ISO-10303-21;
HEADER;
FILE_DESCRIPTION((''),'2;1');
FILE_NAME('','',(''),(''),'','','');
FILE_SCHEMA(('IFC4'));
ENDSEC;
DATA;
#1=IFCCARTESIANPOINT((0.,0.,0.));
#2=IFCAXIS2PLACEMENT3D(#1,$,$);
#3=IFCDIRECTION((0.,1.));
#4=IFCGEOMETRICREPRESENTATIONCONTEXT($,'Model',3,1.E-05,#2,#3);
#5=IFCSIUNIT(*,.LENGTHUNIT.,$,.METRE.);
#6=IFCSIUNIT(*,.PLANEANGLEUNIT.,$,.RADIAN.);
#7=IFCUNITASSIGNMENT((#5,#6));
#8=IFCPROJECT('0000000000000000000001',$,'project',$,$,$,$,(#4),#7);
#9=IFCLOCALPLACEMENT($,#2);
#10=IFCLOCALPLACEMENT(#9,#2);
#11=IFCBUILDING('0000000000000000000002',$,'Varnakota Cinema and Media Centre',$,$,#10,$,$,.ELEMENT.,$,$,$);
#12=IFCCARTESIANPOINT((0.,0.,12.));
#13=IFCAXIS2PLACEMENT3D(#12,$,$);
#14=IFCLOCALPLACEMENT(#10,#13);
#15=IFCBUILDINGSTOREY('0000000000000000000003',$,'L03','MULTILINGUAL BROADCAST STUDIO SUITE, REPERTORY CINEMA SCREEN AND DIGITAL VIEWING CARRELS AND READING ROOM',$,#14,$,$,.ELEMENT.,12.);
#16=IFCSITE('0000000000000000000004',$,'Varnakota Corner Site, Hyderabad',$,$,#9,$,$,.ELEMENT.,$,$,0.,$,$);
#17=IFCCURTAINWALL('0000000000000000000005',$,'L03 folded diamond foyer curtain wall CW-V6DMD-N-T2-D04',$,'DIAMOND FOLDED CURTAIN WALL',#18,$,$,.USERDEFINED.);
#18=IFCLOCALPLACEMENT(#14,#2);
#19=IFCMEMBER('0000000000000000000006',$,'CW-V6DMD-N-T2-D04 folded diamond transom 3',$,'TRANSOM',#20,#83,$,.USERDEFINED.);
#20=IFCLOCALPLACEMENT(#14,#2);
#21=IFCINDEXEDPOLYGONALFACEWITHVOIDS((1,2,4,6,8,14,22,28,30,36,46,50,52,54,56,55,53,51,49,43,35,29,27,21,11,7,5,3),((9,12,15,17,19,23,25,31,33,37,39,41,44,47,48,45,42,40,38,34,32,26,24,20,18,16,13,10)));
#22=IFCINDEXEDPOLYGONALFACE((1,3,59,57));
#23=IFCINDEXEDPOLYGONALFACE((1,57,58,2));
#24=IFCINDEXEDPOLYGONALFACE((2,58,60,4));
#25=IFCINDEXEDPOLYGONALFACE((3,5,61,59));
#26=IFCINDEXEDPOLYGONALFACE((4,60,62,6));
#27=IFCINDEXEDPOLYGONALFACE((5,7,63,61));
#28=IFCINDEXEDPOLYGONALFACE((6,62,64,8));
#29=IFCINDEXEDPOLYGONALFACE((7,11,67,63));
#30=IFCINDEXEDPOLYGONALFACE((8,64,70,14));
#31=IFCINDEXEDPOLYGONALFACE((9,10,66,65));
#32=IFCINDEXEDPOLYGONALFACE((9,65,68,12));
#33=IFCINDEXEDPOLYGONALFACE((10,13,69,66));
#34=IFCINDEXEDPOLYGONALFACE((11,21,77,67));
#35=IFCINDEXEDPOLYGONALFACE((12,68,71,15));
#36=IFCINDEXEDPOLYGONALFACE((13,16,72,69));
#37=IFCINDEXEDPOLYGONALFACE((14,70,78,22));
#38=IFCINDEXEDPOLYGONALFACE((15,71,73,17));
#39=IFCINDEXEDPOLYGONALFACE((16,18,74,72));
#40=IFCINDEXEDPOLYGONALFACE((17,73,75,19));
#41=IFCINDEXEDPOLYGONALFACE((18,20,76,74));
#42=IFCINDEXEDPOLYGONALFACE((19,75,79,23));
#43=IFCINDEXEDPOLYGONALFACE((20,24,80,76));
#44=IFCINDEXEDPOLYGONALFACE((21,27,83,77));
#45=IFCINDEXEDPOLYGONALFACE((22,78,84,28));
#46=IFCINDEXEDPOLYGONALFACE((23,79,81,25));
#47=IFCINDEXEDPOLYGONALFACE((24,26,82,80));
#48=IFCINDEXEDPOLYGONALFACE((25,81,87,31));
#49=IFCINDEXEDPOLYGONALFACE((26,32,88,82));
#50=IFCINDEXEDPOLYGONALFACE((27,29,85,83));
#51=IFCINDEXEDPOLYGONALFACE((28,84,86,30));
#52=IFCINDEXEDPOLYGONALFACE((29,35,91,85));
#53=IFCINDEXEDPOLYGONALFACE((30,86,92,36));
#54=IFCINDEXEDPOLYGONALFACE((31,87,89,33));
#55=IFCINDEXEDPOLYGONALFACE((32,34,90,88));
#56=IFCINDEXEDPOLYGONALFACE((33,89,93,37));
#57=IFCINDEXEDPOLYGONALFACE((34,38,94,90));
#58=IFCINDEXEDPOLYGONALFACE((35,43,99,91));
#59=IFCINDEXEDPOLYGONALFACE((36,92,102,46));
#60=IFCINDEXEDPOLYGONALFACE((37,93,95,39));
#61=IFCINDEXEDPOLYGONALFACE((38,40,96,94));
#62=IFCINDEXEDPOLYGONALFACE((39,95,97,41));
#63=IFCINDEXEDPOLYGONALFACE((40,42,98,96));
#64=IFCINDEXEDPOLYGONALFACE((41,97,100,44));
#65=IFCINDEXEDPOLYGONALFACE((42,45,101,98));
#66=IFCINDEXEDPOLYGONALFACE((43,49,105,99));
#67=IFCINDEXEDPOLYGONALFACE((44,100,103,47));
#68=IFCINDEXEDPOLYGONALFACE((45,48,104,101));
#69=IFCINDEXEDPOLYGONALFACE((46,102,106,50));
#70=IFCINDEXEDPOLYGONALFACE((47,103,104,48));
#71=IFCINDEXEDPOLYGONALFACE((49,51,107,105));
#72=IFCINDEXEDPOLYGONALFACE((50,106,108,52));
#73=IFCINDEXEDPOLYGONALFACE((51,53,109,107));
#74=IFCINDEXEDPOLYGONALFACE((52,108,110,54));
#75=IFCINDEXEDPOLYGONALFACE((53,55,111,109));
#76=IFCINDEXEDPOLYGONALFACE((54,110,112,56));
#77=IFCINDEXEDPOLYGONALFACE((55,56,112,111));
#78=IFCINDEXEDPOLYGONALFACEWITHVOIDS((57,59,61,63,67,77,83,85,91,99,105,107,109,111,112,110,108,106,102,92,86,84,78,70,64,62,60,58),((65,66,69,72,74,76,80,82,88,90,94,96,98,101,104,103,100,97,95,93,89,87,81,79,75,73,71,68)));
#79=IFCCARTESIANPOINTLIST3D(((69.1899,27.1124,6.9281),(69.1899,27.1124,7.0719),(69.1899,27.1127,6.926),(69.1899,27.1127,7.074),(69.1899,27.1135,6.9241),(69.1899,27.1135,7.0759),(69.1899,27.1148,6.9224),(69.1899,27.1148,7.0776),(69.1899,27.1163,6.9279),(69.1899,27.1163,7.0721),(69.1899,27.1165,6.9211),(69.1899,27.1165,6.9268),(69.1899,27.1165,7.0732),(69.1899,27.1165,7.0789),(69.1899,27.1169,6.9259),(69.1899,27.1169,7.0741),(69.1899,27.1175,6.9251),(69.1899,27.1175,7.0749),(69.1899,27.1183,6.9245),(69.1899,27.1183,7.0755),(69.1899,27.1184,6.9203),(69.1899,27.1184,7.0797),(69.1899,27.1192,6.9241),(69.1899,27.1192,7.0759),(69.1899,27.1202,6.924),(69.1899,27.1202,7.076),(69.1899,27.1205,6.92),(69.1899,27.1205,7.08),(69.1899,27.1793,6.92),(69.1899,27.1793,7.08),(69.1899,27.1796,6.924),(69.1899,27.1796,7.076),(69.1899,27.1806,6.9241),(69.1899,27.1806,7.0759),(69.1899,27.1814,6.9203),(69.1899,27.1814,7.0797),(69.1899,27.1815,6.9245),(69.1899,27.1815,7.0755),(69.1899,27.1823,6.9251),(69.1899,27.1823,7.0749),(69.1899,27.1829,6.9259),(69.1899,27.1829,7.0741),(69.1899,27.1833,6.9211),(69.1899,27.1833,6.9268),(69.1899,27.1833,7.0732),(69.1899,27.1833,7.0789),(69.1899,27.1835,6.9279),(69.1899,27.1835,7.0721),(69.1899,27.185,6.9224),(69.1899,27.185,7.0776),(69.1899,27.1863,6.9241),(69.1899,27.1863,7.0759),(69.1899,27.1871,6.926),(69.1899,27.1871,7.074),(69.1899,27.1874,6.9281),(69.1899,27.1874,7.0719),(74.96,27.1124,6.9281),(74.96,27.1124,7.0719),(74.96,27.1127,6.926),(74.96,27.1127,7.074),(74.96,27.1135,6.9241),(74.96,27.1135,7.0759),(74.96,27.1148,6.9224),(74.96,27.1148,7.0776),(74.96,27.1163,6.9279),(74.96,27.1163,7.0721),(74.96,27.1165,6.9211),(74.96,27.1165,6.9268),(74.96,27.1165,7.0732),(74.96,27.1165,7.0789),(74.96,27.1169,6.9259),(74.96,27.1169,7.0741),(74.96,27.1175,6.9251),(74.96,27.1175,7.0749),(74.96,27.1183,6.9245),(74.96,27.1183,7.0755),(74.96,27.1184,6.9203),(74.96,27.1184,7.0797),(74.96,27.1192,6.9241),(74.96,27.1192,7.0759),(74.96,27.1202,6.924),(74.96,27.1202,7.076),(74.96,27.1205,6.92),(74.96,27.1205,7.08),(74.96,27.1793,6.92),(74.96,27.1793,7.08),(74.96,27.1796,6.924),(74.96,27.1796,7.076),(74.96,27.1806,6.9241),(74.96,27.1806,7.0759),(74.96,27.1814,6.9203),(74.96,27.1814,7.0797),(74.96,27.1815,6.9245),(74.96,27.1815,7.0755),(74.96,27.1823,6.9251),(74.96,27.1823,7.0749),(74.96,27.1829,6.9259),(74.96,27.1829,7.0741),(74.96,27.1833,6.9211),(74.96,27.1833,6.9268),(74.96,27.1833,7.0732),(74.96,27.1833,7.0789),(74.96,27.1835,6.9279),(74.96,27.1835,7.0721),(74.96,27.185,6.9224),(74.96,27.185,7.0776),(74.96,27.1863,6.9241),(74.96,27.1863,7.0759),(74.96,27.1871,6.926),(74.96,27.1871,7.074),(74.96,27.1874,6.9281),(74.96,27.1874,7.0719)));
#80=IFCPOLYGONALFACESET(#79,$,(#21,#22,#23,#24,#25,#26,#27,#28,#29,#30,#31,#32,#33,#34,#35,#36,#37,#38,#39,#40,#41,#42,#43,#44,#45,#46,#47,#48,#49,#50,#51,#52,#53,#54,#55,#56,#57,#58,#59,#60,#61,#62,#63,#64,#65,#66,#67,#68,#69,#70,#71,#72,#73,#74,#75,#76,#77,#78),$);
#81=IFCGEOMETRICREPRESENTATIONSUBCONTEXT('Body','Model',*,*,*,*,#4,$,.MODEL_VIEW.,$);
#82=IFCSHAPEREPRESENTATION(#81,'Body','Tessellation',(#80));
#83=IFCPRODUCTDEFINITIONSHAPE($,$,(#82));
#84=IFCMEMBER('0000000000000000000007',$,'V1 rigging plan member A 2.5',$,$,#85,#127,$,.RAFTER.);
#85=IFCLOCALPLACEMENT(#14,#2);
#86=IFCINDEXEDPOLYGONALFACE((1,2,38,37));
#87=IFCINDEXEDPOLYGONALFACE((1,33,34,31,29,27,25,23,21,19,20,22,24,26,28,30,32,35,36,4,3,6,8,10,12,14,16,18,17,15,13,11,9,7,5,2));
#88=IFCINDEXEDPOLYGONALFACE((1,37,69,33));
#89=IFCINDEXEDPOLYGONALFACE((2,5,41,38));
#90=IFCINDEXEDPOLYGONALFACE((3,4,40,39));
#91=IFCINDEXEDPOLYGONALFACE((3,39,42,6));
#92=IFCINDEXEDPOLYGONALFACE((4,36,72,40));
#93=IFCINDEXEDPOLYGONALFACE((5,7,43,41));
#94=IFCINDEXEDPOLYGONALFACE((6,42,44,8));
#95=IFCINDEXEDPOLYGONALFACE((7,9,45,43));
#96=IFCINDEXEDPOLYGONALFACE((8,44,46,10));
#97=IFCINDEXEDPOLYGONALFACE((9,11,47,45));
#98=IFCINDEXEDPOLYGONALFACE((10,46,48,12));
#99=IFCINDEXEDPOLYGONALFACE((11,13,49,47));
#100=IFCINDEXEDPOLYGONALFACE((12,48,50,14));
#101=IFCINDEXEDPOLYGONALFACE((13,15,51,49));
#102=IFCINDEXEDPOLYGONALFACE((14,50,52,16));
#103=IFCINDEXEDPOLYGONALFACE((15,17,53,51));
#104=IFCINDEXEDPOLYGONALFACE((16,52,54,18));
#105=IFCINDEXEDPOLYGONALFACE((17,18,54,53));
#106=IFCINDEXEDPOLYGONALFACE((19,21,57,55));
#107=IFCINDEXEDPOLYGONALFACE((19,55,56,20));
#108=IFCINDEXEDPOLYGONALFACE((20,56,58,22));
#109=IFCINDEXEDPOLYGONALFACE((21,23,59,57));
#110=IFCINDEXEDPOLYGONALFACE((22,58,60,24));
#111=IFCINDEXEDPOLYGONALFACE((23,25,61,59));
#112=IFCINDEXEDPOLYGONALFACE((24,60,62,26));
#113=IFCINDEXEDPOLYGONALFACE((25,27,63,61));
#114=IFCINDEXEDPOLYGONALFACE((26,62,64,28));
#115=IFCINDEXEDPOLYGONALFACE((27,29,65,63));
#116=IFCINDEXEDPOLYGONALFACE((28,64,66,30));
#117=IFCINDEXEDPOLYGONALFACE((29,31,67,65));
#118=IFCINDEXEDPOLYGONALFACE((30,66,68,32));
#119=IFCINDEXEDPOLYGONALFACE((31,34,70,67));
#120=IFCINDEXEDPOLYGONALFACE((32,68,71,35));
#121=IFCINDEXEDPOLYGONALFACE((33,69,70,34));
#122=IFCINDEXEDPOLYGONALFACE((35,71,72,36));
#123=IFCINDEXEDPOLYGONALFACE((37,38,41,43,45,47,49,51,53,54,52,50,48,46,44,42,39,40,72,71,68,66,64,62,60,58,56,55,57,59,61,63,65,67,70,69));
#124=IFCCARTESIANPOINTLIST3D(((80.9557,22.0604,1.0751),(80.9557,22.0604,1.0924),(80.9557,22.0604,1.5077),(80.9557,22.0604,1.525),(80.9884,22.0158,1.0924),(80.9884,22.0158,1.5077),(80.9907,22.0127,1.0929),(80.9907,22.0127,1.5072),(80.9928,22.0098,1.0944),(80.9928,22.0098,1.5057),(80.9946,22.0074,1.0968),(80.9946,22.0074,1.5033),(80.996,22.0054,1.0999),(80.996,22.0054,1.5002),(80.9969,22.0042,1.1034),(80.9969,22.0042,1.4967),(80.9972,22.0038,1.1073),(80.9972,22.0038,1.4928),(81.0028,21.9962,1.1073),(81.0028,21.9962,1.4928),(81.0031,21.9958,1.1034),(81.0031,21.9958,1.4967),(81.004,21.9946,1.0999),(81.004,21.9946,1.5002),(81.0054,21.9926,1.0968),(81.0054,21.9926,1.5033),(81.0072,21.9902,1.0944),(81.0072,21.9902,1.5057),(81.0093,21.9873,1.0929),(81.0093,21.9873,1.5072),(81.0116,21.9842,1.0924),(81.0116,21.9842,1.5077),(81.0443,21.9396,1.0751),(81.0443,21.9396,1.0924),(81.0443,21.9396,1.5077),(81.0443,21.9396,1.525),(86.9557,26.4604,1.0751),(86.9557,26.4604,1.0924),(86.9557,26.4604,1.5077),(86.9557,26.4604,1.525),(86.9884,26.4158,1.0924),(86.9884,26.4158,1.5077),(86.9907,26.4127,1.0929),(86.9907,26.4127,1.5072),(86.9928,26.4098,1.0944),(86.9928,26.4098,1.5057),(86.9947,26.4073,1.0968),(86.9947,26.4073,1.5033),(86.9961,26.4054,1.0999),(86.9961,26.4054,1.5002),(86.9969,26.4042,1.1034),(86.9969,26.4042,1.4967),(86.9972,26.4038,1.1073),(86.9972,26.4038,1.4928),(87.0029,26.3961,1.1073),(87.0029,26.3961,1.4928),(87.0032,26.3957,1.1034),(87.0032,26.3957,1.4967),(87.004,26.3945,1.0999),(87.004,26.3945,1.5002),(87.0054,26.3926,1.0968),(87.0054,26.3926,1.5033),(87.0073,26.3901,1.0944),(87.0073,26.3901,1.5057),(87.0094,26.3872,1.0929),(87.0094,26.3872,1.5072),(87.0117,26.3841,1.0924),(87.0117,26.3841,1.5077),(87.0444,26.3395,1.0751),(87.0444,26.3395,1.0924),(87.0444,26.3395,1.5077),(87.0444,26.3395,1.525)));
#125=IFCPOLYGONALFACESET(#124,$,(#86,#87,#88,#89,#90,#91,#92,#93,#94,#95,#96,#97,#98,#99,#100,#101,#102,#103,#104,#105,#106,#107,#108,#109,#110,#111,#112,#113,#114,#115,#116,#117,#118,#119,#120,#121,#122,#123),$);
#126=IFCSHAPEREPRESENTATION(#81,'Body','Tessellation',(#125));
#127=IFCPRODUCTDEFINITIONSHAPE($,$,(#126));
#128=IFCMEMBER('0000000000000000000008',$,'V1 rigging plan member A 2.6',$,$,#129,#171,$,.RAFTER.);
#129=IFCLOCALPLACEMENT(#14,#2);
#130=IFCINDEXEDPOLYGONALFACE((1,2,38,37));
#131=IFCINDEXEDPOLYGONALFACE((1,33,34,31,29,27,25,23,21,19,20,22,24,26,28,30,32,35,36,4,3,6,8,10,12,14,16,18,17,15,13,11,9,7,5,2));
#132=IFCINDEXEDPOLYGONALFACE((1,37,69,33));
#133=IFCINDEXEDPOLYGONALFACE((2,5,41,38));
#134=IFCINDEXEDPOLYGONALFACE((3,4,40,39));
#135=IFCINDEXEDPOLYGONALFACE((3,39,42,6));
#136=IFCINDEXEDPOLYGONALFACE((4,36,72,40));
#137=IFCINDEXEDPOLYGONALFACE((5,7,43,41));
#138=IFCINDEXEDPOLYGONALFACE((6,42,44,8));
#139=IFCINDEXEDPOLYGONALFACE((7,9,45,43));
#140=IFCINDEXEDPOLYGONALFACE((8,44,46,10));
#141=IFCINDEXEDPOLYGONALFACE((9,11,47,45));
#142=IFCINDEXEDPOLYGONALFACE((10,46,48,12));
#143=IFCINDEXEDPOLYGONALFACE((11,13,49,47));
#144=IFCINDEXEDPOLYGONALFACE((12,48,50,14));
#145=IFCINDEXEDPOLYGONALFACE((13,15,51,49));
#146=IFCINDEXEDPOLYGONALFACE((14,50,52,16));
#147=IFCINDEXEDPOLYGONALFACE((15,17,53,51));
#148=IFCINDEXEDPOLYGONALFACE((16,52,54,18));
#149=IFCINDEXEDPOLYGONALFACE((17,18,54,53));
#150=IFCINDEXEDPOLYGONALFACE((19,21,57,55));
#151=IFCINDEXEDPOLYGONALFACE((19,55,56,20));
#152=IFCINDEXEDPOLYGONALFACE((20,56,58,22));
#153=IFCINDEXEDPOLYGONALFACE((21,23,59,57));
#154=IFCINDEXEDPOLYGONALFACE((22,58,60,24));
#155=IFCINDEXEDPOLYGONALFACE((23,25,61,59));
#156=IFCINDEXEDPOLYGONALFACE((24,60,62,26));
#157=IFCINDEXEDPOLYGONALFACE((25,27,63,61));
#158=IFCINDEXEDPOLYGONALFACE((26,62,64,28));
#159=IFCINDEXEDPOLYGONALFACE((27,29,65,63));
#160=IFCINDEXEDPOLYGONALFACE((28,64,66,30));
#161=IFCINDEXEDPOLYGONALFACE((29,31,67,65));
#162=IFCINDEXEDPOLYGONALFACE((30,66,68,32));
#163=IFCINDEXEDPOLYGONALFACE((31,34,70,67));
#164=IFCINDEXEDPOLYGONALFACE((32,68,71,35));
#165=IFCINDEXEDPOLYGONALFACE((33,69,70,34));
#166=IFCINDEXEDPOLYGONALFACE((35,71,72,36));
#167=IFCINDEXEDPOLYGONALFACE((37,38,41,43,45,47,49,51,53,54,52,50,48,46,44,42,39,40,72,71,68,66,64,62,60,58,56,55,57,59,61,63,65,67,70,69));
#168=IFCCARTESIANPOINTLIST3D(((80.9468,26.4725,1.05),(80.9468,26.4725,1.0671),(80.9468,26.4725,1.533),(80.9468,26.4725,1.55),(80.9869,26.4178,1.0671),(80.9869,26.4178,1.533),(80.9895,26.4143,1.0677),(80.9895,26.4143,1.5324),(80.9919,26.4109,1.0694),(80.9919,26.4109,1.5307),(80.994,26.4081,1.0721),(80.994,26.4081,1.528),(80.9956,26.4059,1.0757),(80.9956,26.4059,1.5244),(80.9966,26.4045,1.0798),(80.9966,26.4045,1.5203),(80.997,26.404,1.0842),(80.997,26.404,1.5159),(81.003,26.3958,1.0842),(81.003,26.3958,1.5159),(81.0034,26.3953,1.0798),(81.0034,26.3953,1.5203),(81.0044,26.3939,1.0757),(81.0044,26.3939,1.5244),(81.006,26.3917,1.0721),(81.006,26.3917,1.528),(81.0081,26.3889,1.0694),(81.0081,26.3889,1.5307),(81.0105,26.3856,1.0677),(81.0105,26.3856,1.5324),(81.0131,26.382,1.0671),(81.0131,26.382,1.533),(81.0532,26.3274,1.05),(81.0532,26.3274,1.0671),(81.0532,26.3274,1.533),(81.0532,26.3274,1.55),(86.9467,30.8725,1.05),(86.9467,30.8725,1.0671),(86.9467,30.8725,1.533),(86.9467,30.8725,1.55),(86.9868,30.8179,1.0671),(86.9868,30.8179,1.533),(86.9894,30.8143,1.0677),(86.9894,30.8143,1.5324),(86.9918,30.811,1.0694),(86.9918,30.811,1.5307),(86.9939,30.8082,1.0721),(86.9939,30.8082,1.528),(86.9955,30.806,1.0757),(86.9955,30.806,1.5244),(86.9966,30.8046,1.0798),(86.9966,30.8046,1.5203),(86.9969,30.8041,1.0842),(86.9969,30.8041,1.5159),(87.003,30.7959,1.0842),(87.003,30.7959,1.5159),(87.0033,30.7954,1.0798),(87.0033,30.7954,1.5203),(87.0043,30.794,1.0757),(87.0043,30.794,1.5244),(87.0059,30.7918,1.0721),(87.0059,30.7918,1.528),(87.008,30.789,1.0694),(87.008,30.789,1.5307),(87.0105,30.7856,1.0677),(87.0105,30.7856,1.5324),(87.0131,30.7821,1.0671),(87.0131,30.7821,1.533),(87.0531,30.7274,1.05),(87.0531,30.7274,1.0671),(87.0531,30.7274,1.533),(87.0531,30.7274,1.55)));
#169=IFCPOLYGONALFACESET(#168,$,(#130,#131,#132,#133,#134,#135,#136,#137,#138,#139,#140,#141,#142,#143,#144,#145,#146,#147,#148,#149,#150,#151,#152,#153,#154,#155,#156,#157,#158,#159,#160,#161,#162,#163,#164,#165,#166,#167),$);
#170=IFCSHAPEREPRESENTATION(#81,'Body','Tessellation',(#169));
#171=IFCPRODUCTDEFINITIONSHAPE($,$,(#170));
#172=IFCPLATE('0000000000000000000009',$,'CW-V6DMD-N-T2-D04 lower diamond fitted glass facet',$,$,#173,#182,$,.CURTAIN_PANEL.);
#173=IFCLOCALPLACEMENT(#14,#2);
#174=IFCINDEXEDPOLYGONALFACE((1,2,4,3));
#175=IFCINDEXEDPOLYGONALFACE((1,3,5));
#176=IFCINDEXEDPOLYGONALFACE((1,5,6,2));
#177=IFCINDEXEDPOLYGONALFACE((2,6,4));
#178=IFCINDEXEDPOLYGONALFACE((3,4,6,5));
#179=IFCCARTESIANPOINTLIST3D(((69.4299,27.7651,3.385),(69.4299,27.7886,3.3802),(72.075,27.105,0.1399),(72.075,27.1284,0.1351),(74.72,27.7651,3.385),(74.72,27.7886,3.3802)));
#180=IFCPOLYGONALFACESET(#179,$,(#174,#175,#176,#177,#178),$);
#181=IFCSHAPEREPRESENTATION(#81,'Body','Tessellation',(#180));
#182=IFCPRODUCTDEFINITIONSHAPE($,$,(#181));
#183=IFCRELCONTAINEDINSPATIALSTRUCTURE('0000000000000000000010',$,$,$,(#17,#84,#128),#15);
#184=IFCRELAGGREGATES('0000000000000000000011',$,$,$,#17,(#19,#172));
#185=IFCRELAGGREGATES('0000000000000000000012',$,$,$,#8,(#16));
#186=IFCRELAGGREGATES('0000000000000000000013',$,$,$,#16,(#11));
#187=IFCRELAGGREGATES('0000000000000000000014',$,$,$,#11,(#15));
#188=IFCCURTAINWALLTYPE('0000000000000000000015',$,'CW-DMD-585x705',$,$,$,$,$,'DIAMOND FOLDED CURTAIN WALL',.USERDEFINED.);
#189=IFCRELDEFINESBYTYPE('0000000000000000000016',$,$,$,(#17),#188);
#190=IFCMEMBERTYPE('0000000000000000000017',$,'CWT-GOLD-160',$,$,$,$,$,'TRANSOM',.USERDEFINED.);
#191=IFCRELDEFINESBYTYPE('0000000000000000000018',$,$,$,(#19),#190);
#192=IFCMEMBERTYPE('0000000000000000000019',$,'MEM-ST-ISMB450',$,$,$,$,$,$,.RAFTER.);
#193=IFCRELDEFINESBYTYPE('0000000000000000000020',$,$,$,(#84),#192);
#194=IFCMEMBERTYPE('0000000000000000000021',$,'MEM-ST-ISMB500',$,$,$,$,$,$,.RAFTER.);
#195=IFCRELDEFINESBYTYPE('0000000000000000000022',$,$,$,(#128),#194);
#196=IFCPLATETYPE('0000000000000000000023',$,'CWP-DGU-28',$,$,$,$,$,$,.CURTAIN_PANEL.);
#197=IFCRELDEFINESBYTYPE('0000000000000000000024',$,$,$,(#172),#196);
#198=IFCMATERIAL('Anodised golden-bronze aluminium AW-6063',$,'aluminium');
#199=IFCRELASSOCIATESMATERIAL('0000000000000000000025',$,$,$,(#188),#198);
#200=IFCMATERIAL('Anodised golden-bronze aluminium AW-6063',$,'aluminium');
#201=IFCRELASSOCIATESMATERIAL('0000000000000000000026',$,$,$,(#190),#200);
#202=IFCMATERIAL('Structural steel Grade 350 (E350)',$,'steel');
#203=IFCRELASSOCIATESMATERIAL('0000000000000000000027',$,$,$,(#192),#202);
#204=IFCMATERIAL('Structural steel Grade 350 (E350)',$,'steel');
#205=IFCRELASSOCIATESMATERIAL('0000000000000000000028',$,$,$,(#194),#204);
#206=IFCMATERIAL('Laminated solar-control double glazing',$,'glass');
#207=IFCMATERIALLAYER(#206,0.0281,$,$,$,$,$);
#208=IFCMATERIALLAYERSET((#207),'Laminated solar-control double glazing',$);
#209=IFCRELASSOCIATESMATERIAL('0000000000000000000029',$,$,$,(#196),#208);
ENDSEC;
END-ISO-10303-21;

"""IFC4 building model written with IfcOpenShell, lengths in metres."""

from ifc_helpers import new_model, si_unit, direction, frame, origin, origin_2d, place, context, subcontext, project, spatial, polyline, hollow_rectangle, i_section, outline, extrude, material, layer, layer_set, material_profile, profile_set, type_object, element, aggregate, save


model = new_model("IFC4")

# Units and contexts
model_context = context("Model", 3, precision=1e-05, world=origin(), true_north=direction((0.0, 1.0)))
body_context = subcontext(model_context, "Body", "Model", "MODEL_VIEW")
ifc_project = project(units=[si_unit("LENGTHUNIT", "METRE"), si_unit("PLANEANGLEUNIT", "RADIAN")], contexts=[model_context])

# Site, building, storey
site_placement = place(None, origin())
site = spatial("IfcSite", under=ifc_project, at=site_placement, Name="Varnakota Corner Site, Hyderabad", CompositionType="ELEMENT", RefElevation=0.0)
building_placement = place(site_placement, origin())
building = spatial("IfcBuilding", under=site, at=building_placement, Name="Varnakota Cinema and Media Centre", CompositionType="ELEMENT")
storey_placement = place(building_placement, frame((0.0, 0.0, 12.0)))
storey = spatial("IfcBuildingStorey", under=building, at=storey_placement, Name="L03", Description="MULTILINGUAL BROADCAST STUDIO SUITE, REPERTORY CINEMA SCREEN AND DIGITAL VIEWING CARRELS AND READING ROOM", CompositionType="ELEMENT", Elevation=12.0)

# Curtain wall, member
ifc_material_1 = material(Name="Anodised golden-bronze aluminium AW-6063", Category="aluminium")
curtain_wall_type = type_object("IfcCurtainWallType", Name="CW-DMD-585x705", ElementType="DIAMOND FOLDED CURTAIN WALL", PredefinedType="USERDEFINED", material=ifc_material_1)
curtain_wall_placement = place(storey_placement, origin())
curtain_wall = element("IfcCurtainWall", 1, at=curtain_wall_placement, inside=storey, type_object=curtain_wall_type, Name="L03 folded diamond foyer curtain wall CW-V6DMD-N-T2-D04", ObjectType="DIAMOND FOLDED CURTAIN WALL", PredefinedType="USERDEFINED")
ifc_material_2 = material(Name="Anodised golden-bronze aluminium AW-6063", Category="aluminium")
ifc_material_profile_1 = material_profile(ifc_material_2, hollow_rectangle(XDim=0.075, YDim=0.1599, WallThickness=0.0039, InnerFilletRadius=0.0039, OuterFilletRadius=0.0081, at=origin_2d()), Name="AL-TRANSOM 160x75x4")
ifc_profile_set_1 = profile_set([ifc_material_profile_1], Name="Anodised golden-bronze aluminium AW-6063")
member_type_1 = type_object("IfcMemberType", Name="CWT-GOLD-160", ElementType="TRANSOM", PredefinedType="USERDEFINED", material=ifc_profile_set_1)
member_1_placement = place(storey_placement, frame((69.1899, 27.1499, 7.0), z_axis=(1.0, 0.0, 0.0), x_axis=(0.0, 1.0, 0.0)))
member_1 = element("IfcMember", 2, at=member_1_placement, type_object=member_type_1, Name="CW-V6DMD-N-T2-D04 folded diamond transom 3", ObjectType="TRANSOM", PredefinedType="USERDEFINED", context=body_context, shape_type="SweptSolid", body=[
    extrude(hollow_rectangle(XDim=0.075, YDim=0.1599, WallThickness=0.0039, InnerFilletRadius=0.0039, OuterFilletRadius=0.0081, at=origin_2d()), origin(), (0.0, 0.0, 1.0), 5.77),
])

# Members
ifc_material_3 = material(Name="Structural steel Grade 350 (E350)", Category="steel")
ifc_material_profile_2 = material_profile(ifc_material_3, i_section(OverallWidth=0.1499, OverallDepth=0.45, WebThickness=0.0095, FlangeThickness=0.0173, FilletRadius=0.0149, at=origin_2d()), Name="ISMB 450")
ifc_profile_set_2 = profile_set([ifc_material_profile_2], Name="Structural steel Grade 350 (E350)")
member_type_2 = type_object("IfcMemberType", Name="MEM-ST-ISMB450", PredefinedType="RAFTER", material=ifc_profile_set_2)
member_2_placement = place(storey_placement, frame((81.0, 22.0, 1.3), z_axis=(0.806411, 0.591355, 0.0), x_axis=(-0.591355, 0.806411, 0.0)))
element("IfcMember", 3, at=member_2_placement, inside=storey, type_object=member_type_2, Name="V1 rigging plan member A 2.5", PredefinedType="RAFTER", context=body_context, shape_type="SweptSolid", body=[
    extrude(i_section(OverallWidth=0.1499, OverallDepth=0.45, WebThickness=0.0095, FlangeThickness=0.0173, FilletRadius=0.0149, at=origin_2d()), origin(), (0.0, 0.0, 1.0), 7.4404),
])
ifc_material_4 = material(Name="Structural steel Grade 350 (E350)", Category="steel")
ifc_material_profile_3 = material_profile(ifc_material_4, i_section(OverallWidth=0.1799, OverallDepth=0.5, WebThickness=0.0103, FlangeThickness=0.0171, FilletRadius=0.0171, at=origin_2d()), Name="ISMB 500")
ifc_profile_set_3 = profile_set([ifc_material_profile_3], Name="Structural steel Grade 350 (E350)")
member_type_3 = type_object("IfcMemberType", Name="MEM-ST-ISMB500", PredefinedType="RAFTER", material=ifc_profile_set_3)
member_3_placement = place(storey_placement, frame((81.0, 26.3999, 1.3), z_axis=(0.806396, 0.591376, 0.0), x_axis=(-0.591376, 0.806396, 0.0)))
element("IfcMember", 4, at=member_3_placement, inside=storey, type_object=member_type_3, Name="V1 rigging plan member A 2.6", PredefinedType="RAFTER", context=body_context, shape_type="SweptSolid", body=[
    extrude(i_section(OverallWidth=0.1799, OverallDepth=0.5, WebThickness=0.0103, FlangeThickness=0.0171, FilletRadius=0.0171, at=origin_2d()), origin(), (0.0, 0.0, 1.0), 7.4404),
])

# Plate
ifc_material_5 = material(Name="Laminated solar-control double glazing", Category="glass")
ifc_layer_1 = layer(ifc_material_5, 0.0281)
ifc_layer_set_1 = layer_set([ifc_layer_1], Name="Laminated solar-control double glazing")
plate_type_1 = type_object("IfcPlateType", Name="CWP-DGU-28", PredefinedType="CURTAIN_PANEL", material=ifc_layer_set_1)
plate_1_placement = place(storey_placement, frame((69.4299, 27.7651, 3.385), z_axis=(0.0, -0.979929, 0.199348), x_axis=(0.624084, -0.155762, -0.765675)))
plate_1 = element("IfcPlate", 5, at=plate_1_placement, type_object=plate_type_1, Name="CW-V6DMD-N-T2-D04 lower diamond fitted glass facet", PredefinedType="CURTAIN_PANEL", context=body_context, shape_type="SweptSolid", body=[
    extrude(outline(polyline([(0.0, 0.0), (4.2382, 0.0), (3.3014, 4.1334), (0.0, 0.0)])), origin(), (0.0, 0.0, -1.0), 0.0239),
])
aggregate(curtain_wall, [member_1, plate_1])

save(model, "model.ifc")
